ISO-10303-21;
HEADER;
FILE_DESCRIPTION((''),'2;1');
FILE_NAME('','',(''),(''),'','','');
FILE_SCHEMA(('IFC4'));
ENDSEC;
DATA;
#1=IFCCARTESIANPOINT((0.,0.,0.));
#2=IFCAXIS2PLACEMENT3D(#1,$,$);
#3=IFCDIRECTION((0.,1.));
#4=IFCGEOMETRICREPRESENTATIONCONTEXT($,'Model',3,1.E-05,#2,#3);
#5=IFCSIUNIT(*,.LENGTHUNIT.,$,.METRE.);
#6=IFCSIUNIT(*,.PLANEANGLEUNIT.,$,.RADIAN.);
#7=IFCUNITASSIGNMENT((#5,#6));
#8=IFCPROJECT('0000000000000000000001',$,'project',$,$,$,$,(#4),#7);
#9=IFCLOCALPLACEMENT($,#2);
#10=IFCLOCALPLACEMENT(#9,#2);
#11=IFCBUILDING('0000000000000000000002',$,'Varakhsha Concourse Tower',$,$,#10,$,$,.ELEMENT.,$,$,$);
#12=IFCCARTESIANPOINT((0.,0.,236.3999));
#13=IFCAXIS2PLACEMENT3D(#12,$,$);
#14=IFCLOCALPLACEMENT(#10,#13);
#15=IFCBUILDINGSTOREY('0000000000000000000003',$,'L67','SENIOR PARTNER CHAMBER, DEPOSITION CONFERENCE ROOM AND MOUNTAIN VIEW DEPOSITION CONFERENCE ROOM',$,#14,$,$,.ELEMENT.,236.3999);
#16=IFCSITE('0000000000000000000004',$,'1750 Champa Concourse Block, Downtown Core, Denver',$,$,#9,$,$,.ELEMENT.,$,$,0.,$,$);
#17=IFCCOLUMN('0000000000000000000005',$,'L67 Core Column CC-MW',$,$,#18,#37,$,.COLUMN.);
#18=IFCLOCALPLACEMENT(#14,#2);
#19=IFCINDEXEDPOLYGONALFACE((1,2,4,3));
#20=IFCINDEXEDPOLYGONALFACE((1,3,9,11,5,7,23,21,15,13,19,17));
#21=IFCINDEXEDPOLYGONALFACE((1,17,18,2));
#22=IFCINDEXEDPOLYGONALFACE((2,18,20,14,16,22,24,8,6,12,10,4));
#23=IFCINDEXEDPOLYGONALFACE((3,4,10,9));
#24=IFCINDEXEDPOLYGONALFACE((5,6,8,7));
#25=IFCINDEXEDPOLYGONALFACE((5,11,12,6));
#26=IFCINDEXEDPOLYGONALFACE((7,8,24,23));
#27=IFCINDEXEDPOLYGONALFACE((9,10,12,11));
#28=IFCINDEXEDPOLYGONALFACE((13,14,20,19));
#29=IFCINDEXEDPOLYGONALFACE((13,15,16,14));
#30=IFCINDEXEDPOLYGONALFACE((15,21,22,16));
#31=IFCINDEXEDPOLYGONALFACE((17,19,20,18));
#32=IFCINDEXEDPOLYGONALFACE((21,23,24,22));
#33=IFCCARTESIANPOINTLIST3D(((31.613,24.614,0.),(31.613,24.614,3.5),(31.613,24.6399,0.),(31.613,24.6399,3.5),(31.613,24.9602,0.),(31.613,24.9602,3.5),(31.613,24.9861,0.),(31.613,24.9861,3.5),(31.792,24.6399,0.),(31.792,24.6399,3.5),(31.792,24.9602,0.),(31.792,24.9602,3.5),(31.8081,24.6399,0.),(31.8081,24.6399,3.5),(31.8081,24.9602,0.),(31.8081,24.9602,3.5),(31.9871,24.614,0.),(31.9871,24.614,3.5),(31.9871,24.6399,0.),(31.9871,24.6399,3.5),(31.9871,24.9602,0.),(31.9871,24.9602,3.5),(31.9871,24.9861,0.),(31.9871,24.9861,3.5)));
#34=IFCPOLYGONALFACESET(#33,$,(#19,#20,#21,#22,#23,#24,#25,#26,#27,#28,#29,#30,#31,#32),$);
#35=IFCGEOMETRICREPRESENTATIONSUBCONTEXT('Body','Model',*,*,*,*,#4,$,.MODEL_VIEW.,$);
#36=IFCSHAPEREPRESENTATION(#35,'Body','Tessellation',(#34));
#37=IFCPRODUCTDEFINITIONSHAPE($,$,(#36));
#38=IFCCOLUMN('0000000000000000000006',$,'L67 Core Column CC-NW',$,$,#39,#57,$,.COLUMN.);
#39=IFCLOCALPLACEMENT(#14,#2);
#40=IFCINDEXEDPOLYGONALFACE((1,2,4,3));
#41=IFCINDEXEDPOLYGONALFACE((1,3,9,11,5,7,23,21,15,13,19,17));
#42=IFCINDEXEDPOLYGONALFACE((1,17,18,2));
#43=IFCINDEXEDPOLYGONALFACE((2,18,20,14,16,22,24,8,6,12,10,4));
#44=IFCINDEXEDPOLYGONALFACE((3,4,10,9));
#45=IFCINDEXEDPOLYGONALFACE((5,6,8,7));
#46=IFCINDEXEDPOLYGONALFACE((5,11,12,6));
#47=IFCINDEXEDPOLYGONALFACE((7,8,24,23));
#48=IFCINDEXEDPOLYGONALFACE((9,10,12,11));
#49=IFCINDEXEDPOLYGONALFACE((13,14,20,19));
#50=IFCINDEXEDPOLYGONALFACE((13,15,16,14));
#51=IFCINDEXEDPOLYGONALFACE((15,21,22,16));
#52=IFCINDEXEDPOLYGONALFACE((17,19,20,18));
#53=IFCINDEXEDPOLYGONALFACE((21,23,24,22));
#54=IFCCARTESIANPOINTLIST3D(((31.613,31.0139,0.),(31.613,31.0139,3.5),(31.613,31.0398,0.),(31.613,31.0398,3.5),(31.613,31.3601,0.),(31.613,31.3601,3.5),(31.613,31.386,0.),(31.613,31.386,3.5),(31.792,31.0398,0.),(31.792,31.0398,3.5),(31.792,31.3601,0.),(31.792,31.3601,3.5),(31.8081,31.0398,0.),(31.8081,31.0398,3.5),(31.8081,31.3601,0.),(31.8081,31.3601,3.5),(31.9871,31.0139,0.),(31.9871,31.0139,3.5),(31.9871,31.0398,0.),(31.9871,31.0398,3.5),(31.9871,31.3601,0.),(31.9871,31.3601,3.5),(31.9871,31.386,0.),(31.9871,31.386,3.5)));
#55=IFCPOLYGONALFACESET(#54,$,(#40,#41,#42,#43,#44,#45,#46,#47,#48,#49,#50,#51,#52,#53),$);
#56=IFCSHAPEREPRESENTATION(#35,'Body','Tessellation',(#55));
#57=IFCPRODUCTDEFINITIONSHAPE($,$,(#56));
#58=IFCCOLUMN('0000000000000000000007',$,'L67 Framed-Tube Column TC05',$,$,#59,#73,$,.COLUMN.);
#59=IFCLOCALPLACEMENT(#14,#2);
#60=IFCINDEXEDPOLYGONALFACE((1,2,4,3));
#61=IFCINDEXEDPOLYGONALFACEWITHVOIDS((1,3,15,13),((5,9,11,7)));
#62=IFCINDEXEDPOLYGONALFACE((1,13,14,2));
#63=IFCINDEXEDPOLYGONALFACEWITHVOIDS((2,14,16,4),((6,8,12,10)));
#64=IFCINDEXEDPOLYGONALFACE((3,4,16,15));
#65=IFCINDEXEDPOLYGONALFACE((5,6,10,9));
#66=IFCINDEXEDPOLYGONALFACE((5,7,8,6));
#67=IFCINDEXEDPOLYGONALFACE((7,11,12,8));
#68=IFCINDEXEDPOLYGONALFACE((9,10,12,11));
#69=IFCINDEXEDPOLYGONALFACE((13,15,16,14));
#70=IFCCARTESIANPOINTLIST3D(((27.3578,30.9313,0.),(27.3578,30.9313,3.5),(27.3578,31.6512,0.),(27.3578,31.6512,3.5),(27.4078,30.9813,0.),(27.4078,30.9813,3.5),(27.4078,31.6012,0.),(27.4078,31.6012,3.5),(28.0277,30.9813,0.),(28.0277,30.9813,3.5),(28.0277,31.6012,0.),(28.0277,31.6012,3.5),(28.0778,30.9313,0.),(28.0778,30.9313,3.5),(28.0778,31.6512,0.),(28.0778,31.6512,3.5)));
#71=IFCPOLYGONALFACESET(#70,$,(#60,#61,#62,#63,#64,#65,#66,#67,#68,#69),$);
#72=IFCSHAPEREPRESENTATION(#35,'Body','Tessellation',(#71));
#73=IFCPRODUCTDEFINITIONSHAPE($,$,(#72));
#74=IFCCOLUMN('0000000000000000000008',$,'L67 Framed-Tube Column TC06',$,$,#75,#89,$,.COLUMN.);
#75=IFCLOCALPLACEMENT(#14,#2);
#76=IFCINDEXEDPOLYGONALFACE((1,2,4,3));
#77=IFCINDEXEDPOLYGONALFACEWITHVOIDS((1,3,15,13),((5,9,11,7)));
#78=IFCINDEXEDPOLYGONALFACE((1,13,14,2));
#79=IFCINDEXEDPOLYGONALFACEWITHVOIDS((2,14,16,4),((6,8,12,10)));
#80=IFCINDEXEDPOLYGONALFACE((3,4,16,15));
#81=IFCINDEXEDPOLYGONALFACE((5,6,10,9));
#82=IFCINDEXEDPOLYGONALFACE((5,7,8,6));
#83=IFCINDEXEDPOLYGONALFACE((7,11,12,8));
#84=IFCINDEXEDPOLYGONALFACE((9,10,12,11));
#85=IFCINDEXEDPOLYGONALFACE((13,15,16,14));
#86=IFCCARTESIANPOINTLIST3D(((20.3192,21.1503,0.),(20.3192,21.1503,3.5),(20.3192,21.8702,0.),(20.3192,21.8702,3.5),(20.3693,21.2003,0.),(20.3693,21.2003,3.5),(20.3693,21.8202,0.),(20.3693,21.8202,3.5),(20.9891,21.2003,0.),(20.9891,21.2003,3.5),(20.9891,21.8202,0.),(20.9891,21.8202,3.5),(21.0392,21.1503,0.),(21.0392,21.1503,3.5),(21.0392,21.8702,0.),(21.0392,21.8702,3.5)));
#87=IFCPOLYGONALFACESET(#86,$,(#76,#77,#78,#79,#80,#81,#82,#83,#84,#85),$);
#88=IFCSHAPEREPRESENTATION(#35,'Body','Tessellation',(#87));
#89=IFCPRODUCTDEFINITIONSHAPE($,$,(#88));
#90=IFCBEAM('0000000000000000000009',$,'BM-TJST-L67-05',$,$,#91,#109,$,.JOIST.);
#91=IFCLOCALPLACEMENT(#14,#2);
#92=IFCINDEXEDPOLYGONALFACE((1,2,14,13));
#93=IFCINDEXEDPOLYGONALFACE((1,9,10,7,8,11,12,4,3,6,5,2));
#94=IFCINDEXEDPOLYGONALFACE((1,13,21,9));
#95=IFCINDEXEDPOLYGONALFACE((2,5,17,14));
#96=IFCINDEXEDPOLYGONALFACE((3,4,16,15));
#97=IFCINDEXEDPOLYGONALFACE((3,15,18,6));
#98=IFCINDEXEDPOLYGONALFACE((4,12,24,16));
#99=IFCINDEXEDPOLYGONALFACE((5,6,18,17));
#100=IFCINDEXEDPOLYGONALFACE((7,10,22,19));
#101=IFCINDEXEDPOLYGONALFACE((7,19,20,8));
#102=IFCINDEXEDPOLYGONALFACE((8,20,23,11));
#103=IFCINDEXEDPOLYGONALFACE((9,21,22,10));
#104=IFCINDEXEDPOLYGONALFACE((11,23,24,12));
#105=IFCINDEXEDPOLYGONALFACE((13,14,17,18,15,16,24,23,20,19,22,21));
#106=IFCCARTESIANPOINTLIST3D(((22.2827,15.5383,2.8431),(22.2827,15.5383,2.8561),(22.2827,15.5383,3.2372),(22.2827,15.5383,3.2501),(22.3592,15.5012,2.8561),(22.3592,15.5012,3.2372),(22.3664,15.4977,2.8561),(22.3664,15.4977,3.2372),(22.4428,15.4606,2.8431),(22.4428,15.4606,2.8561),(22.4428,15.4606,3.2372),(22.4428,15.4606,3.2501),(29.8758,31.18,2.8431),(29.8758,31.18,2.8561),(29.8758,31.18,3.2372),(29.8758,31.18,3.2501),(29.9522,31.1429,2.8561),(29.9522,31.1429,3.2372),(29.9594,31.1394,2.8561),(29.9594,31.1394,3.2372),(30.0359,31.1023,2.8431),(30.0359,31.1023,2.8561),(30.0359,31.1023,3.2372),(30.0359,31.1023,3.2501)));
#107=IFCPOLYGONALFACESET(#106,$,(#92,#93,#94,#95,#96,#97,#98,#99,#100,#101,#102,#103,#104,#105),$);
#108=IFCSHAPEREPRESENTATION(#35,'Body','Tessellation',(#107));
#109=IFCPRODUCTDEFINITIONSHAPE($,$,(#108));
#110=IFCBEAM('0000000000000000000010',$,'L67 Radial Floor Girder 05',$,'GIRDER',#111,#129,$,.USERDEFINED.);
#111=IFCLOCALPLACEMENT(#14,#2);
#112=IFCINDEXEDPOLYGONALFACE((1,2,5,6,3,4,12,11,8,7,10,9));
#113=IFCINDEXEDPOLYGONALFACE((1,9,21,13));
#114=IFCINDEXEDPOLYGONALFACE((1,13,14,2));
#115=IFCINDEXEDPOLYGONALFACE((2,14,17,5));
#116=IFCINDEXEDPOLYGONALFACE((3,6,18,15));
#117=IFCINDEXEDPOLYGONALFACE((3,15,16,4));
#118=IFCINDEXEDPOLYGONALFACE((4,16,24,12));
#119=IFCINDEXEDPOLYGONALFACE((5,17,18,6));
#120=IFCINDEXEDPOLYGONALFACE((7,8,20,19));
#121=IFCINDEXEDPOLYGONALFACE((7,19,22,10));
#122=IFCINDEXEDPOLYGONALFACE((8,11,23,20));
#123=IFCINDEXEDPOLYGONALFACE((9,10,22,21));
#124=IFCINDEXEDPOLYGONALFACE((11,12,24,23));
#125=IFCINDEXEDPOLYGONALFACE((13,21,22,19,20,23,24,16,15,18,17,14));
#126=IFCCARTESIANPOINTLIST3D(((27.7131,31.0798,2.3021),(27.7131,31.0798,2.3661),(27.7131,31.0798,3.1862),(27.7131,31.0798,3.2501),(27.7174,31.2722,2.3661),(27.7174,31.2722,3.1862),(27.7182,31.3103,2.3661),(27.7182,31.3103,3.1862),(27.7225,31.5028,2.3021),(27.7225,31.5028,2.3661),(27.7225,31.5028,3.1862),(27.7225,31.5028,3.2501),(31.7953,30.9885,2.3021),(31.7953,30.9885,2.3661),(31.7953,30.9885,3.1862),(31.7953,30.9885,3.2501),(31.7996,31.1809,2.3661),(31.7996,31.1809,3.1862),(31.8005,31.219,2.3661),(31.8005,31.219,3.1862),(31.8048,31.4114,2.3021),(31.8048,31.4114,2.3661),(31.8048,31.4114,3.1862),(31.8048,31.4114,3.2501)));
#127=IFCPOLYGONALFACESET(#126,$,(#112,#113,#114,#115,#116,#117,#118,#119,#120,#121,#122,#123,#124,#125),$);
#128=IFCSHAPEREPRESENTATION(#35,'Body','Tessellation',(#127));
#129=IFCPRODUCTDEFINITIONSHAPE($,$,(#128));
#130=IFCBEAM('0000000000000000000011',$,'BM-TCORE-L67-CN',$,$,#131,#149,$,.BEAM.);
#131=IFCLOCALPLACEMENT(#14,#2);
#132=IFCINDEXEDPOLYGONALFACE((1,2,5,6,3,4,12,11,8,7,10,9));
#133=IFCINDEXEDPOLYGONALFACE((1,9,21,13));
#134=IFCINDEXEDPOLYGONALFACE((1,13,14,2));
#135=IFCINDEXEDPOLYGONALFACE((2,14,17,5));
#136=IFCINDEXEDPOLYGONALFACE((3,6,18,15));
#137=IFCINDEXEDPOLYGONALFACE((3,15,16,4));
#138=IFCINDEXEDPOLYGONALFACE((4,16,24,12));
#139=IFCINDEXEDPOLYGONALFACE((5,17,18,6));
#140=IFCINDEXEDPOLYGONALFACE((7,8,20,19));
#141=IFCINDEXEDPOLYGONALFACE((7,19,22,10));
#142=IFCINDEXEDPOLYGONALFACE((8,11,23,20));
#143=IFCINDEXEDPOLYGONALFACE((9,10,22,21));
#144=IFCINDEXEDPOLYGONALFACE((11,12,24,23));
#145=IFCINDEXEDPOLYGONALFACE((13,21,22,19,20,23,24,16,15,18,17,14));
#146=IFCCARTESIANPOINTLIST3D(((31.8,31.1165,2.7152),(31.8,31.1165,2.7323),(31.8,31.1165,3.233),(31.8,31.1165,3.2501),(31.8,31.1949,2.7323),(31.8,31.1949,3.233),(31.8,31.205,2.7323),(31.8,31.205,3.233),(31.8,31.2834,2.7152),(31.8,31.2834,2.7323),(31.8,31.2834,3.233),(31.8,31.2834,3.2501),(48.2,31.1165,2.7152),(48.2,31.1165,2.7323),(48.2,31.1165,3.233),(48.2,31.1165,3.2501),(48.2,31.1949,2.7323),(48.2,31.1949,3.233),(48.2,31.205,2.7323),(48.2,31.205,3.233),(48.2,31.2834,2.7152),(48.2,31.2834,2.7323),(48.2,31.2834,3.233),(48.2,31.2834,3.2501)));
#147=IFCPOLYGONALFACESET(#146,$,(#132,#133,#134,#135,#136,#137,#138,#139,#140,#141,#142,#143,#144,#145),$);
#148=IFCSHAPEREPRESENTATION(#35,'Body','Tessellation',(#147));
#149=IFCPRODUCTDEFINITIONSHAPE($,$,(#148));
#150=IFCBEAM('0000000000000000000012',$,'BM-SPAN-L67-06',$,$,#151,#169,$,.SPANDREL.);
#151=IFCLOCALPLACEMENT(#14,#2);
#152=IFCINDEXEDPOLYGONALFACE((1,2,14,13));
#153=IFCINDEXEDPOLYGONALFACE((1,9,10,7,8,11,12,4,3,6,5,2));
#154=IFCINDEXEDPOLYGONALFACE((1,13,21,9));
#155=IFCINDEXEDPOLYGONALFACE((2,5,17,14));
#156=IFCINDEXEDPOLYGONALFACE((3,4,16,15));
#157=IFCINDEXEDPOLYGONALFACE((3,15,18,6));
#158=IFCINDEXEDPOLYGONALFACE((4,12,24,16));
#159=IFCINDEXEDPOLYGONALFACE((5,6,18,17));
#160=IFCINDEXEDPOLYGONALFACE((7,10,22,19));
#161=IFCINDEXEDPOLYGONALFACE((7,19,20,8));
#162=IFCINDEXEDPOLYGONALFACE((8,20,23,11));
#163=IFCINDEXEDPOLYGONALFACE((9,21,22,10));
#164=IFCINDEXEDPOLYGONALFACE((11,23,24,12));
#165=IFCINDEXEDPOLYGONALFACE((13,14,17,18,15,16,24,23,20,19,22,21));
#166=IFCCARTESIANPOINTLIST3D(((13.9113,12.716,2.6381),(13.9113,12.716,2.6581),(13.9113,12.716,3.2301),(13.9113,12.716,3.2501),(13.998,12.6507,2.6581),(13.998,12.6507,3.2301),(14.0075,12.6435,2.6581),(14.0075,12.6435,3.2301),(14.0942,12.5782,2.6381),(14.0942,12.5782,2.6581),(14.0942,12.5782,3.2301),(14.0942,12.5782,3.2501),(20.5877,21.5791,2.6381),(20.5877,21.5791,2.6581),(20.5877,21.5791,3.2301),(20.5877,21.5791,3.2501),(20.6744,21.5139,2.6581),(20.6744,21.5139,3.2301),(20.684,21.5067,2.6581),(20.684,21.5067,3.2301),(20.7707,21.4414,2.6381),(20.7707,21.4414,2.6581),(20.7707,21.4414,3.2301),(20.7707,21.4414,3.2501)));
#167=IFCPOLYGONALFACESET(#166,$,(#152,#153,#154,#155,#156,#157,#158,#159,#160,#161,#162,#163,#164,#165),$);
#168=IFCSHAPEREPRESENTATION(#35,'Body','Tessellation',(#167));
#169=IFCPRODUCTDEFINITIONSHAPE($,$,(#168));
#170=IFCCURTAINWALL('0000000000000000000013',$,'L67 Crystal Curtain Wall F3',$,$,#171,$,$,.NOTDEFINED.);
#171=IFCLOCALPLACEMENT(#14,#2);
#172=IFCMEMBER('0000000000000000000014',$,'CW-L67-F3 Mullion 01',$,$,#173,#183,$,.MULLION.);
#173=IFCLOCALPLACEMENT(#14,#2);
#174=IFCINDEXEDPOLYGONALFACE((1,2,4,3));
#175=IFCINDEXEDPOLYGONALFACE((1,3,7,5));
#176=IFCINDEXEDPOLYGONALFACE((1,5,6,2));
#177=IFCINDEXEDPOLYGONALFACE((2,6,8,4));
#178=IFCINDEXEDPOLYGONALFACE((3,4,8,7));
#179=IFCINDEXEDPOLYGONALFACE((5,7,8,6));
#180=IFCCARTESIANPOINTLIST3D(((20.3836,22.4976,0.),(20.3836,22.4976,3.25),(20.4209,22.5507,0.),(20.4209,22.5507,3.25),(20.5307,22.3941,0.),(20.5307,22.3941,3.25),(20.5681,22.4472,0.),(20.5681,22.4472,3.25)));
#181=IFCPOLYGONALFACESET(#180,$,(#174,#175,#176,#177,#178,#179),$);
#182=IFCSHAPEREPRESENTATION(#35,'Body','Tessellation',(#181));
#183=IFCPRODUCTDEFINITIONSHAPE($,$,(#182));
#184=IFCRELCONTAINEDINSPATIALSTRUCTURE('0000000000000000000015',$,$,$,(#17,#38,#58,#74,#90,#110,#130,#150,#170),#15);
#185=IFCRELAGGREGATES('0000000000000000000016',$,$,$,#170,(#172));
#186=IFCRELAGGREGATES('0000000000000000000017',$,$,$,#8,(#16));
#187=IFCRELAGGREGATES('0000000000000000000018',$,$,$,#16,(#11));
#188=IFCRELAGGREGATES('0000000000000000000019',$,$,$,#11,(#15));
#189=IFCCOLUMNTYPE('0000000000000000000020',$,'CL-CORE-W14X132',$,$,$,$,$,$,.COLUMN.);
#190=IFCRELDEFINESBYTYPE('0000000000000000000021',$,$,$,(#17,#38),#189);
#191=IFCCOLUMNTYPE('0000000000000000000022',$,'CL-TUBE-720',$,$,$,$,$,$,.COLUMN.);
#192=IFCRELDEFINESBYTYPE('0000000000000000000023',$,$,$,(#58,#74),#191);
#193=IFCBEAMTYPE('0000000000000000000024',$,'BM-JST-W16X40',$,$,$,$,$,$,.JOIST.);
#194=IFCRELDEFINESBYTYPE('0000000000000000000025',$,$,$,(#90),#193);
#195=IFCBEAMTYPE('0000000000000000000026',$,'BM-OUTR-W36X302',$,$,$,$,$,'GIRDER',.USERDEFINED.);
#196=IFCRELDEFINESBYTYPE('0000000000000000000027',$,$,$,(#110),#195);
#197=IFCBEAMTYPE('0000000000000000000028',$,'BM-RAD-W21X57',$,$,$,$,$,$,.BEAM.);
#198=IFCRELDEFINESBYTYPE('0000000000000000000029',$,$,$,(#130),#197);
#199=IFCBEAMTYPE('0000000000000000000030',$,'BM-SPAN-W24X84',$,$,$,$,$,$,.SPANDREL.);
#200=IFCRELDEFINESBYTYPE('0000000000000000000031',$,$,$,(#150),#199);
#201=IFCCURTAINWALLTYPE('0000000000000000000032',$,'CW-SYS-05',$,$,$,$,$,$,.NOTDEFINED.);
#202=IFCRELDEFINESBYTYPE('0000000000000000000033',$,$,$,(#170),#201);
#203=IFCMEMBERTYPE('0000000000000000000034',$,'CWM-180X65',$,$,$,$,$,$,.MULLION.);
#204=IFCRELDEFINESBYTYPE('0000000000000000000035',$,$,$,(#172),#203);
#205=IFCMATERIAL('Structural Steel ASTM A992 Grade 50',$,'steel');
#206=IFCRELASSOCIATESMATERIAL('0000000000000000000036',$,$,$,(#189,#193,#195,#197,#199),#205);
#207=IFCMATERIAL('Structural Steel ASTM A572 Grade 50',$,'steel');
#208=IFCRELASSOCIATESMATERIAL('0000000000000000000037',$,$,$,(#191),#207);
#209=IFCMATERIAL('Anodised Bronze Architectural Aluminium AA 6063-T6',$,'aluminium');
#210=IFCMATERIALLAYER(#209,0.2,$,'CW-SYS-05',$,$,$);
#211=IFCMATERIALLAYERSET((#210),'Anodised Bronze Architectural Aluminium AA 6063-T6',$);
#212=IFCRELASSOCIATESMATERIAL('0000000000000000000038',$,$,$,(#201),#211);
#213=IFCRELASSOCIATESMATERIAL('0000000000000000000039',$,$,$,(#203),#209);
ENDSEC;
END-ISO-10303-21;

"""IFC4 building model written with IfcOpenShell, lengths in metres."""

from ifc_helpers import new_model, si_unit, direction, frame, origin, origin_2d, place, context, subcontext, project, spatial, rectangle, hollow_rectangle, i_section, extrude, source, transform, mapped, material, layer, layer_set, material_profile, profile_set, type_object, type_shapes, element, aggregate, save


model = new_model("IFC4")

# Units and contexts
model_context = context("Model", 3, precision=1e-05, world=origin(), true_north=direction((0.0, 1.0)))
body_context = subcontext(model_context, "Body", "Model", "MODEL_VIEW")
ifc_project = project(units=[si_unit("LENGTHUNIT", "METRE"), si_unit("PLANEANGLEUNIT", "RADIAN")], contexts=[model_context])

# Site, building, storey
site_placement = place(None, origin())
site = spatial("IfcSite", under=ifc_project, at=site_placement, Name="1750 Champa Concourse Block, Downtown Core, Denver", CompositionType="ELEMENT", RefElevation=0.0)
building_placement = place(site_placement, origin())
building = spatial("IfcBuilding", under=site, at=building_placement, Name="Varakhsha Concourse Tower", CompositionType="ELEMENT")
storey_placement = place(building_placement, frame((0.0, 0.0, 236.3999)))
storey = spatial("IfcBuildingStorey", under=building, at=storey_placement, Name="L67", Description="SENIOR PARTNER CHAMBER, DEPOSITION CONFERENCE ROOM AND MOUNTAIN VIEW DEPOSITION CONFERENCE ROOM", CompositionType="ELEMENT", Elevation=236.3999)

# Columns
ifc_material_1 = material(Name="Structural Steel ASTM A992 Grade 50", Category="steel")
ifc_material_profile_1 = material_profile(ifc_material_1, i_section(OverallWidth=0.374, OverallDepth=0.3721, WebThickness=0.0161, FlangeThickness=0.0259, at=origin_2d()), Name="W14X132")
ifc_profile_set_1 = profile_set([ifc_material_profile_1], Name="Structural Steel ASTM A992 Grade 50")
column_type_1 = type_object("IfcColumnType", Name="CL-CORE-W14X132", PredefinedType="COLUMN", material=ifc_profile_set_1)
for number, where, z_axis, x_axis, name in (
    (1, (31.8, 24.8, 0.0), (0.0, 0.0, 1.0), (1.0, 0.0, 0.0), "L67 Core Column CC-MW"),
    (2, (31.8, 31.2, 0.0), (0.0, 0.0, 1.0), (1.0, 0.0, 0.0), "L67 Core Column CC-NW"),
):
    element("IfcColumn", number, at=place(storey_placement, frame(where, z_axis=z_axis, x_axis=x_axis)), inside=storey, type_object=column_type_1, Name=name, PredefinedType="COLUMN", context=body_context, shape_type="SweptSolid", body=[
        extrude(i_section(OverallWidth=0.374, OverallDepth=0.3721, WebThickness=0.0161, FlangeThickness=0.0259, at=origin_2d()), origin(), (0.0, 0.0, 1.0), 3.5),
    ])
ifc_material_2 = material(Name="Structural Steel ASTM A572 Grade 50", Category="steel")
ifc_material_profile_2 = material_profile(ifc_material_2, hollow_rectangle(XDim=0.72, YDim=0.72, WallThickness=0.05, at=origin_2d()), Name="BOX 720x720x50")
ifc_profile_set_2 = profile_set([ifc_material_profile_2], Name="Structural Steel ASTM A572 Grade 50")
column_type_2 = type_object("IfcColumnType", Name="CL-TUBE-720", PredefinedType="COLUMN", material=ifc_profile_set_2)
for number, where, z_axis, x_axis, name in (
    (3, (27.7178, 31.2913, 0.0), (0.0, 0.0, 1.0), (1.0, 0.0, 0.0), "L67 Framed-Tube Column TC05"),
    (4, (20.6792, 21.5103, 0.0), (0.0, 0.0, 1.0), (1.0, 0.0, 0.0), "L67 Framed-Tube Column TC06"),
):
    element("IfcColumn", number, at=place(storey_placement, frame(where, z_axis=z_axis, x_axis=x_axis)), inside=storey, type_object=column_type_2, Name=name, PredefinedType="COLUMN", context=body_context, shape_type="SweptSolid", body=[
        extrude(hollow_rectangle(XDim=0.72, YDim=0.72, WallThickness=0.05, at=origin_2d()), origin(), (0.0, 0.0, 1.0), 3.5),
    ])

# Beams
ifc_material_profile_3 = material_profile(ifc_material_1, i_section(OverallWidth=0.178, OverallDepth=0.407, WebThickness=0.0081, FlangeThickness=0.0129, at=origin_2d()), Name="W16X40")
ifc_profile_set_3 = profile_set([ifc_material_profile_3], Name="Structural Steel ASTM A992 Grade 50")
beam_type_1 = type_object("IfcBeamType", Name="BM-JST-W16X40", PredefinedType="JOIST", material=ifc_profile_set_3)
beam_1_placement = place(storey_placement, frame((29.9558, 31.1411, 3.0466), z_axis=(-0.436702, -0.899606, 0.0), x_axis=(0.899606, -0.436702, 0.0)))
element("IfcBeam", 5, at=beam_1_placement, inside=storey, type_object=beam_type_1, Name="BM-TJST-L67-05", PredefinedType="JOIST", context=body_context, shape_type="SweptSolid", body=[
    extrude(i_section(OverallWidth=0.178, OverallDepth=0.407, WebThickness=0.0081, FlangeThickness=0.0129, at=origin_2d()), origin(), (0.0, 0.0, 1.0), 17.3872),
])
ifc_material_profile_4 = material_profile(ifc_material_1, i_section(OverallWidth=0.4231, OverallDepth=0.948, WebThickness=0.0381, FlangeThickness=0.064, at=origin_2d()), Name="W36X302")
ifc_profile_set_4 = profile_set([ifc_material_profile_4], Name="Structural Steel ASTM A992 Grade 50")
beam_type_2 = type_object("IfcBeamType", Name="BM-OUTR-W36X302", ElementType="GIRDER", PredefinedType="USERDEFINED", material=ifc_profile_set_4)
beam_2_placement = place(storey_placement, frame((31.8, 31.2, 2.7761), z_axis=(-0.99975, 0.022361, 0.0), x_axis=(-0.022361, -0.99975, 0.0)))
element("IfcBeam", 6, at=beam_2_placement, inside=storey, type_object=beam_type_2, Name="L67 Radial Floor Girder 05", ObjectType="GIRDER", PredefinedType="USERDEFINED", context=body_context, shape_type="SweptSolid", body=[
    extrude(i_section(OverallWidth=0.4231, OverallDepth=0.948, WebThickness=0.0381, FlangeThickness=0.064, at=origin_2d()), origin(), (0.0, 0.0, 1.0), 4.0833),
])
ifc_material_profile_5 = material_profile(ifc_material_1, i_section(OverallWidth=0.167, OverallDepth=0.5349, WebThickness=0.01, FlangeThickness=0.0171, at=origin_2d()), Name="W21X57")
ifc_profile_set_5 = profile_set([ifc_material_profile_5], Name="Structural Steel ASTM A992 Grade 50")
beam_type_3 = type_object("IfcBeamType", Name="BM-RAD-W21X57", PredefinedType="BEAM", material=ifc_profile_set_5)
beam_3_placement = place(storey_placement, frame((31.8, 31.2, 2.9827), z_axis=(1.0, 0.0, 0.0), x_axis=(0.0, 1.0, 0.0)))
element("IfcBeam", 7, at=beam_3_placement, inside=storey, type_object=beam_type_3, Name="BM-TCORE-L67-CN", PredefinedType="BEAM", context=body_context, shape_type="SweptSolid", body=[
    extrude(i_section(OverallWidth=0.167, OverallDepth=0.5349, WebThickness=0.01, FlangeThickness=0.0171, at=origin_2d()), origin(), (0.0, 0.0, 1.0), 16.3999),
])
ifc_material_profile_6 = material_profile(ifc_material_1, i_section(OverallWidth=0.229, OverallDepth=0.6121, WebThickness=0.012, FlangeThickness=0.02, at=origin_2d()), Name="W24X84")
ifc_profile_set_6 = profile_set([ifc_material_profile_6], Name="Structural Steel ASTM A992 Grade 50")
beam_type_4 = type_object("IfcBeamType", Name="BM-SPAN-W24X84", PredefinedType="SPANDREL", material=ifc_profile_set_6)
beam_4_placement = place(storey_placement, frame((20.6792, 21.5103, 2.9441), z_axis=(-0.601674, -0.798742, 0.0), x_axis=(0.798742, -0.601674, 0.0)))
element("IfcBeam", 8, at=beam_4_placement, inside=storey, type_object=beam_type_4, Name="BM-SPAN-L67-06", PredefinedType="SPANDREL", context=body_context, shape_type="SweptSolid", body=[
    extrude(i_section(OverallWidth=0.229, OverallDepth=0.6121, WebThickness=0.012, FlangeThickness=0.02, at=origin_2d()), origin(), (0.0, 0.0, 1.0), 11.0964),
])

# Curtain wall, member
ifc_material_3 = material(Name="Anodised Bronze Architectural Aluminium AA 6063-T6", Category="aluminium")
ifc_layer_1 = layer(ifc_material_3, 0.2, Name="CW-SYS-05")
ifc_layer_set_1 = layer_set([ifc_layer_1], Name="Anodised Bronze Architectural Aluminium AA 6063-T6")
curtain_wall_type = type_object("IfcCurtainWallType", Name="CW-SYS-05", PredefinedType="NOTDEFINED", material=ifc_layer_set_1)
curtain_wall_placement = place(storey_placement, origin())
curtain_wall = element("IfcCurtainWall", 9, at=curtain_wall_placement, inside=storey, type_object=curtain_wall_type, Name="L67 Crystal Curtain Wall F3", PredefinedType="NOTDEFINED")
ifc_material_profile_7 = material_profile(ifc_material_3, rectangle(XDim=0.0649, YDim=0.1799, at=origin_2d()), Name="CWM-180X65")
ifc_profile_set_7 = profile_set([ifc_material_profile_7], Name="Anodised Bronze Architectural Aluminium AA 6063-T6")
member_type = type_object("IfcMemberType", Name="CWM-180X65", PredefinedType="MULLION", material=ifc_profile_set_7)
shared_shape_1 = source(origin(), body_context, "Body", "SweptSolid", [
    extrude(rectangle(XDim=0.0649, YDim=0.1799, at=origin_2d()), origin(), (0.0, 0.0, 1.0), 3.25),
])
type_shapes(member_type, [shared_shape_1])
member_placement = place(storey_placement, frame((20.4758, 22.4724, 0.0), z_axis=(0.0, 0.0, 1.0), x_axis=(0.575444, 0.817842, 0.0)))
member = element("IfcMember", 10, at=member_placement, type_object=member_type, Name="CW-L67-F3 Mullion 01", PredefinedType="MULLION", context=body_context, shape_type="MappedRepresentation", body=[
    mapped(shared_shape_1, transform((0.0, 0.0, 0.0), scale=1.0)),
])
aggregate(curtain_wall, [member])

save(model, "model.ifc")
